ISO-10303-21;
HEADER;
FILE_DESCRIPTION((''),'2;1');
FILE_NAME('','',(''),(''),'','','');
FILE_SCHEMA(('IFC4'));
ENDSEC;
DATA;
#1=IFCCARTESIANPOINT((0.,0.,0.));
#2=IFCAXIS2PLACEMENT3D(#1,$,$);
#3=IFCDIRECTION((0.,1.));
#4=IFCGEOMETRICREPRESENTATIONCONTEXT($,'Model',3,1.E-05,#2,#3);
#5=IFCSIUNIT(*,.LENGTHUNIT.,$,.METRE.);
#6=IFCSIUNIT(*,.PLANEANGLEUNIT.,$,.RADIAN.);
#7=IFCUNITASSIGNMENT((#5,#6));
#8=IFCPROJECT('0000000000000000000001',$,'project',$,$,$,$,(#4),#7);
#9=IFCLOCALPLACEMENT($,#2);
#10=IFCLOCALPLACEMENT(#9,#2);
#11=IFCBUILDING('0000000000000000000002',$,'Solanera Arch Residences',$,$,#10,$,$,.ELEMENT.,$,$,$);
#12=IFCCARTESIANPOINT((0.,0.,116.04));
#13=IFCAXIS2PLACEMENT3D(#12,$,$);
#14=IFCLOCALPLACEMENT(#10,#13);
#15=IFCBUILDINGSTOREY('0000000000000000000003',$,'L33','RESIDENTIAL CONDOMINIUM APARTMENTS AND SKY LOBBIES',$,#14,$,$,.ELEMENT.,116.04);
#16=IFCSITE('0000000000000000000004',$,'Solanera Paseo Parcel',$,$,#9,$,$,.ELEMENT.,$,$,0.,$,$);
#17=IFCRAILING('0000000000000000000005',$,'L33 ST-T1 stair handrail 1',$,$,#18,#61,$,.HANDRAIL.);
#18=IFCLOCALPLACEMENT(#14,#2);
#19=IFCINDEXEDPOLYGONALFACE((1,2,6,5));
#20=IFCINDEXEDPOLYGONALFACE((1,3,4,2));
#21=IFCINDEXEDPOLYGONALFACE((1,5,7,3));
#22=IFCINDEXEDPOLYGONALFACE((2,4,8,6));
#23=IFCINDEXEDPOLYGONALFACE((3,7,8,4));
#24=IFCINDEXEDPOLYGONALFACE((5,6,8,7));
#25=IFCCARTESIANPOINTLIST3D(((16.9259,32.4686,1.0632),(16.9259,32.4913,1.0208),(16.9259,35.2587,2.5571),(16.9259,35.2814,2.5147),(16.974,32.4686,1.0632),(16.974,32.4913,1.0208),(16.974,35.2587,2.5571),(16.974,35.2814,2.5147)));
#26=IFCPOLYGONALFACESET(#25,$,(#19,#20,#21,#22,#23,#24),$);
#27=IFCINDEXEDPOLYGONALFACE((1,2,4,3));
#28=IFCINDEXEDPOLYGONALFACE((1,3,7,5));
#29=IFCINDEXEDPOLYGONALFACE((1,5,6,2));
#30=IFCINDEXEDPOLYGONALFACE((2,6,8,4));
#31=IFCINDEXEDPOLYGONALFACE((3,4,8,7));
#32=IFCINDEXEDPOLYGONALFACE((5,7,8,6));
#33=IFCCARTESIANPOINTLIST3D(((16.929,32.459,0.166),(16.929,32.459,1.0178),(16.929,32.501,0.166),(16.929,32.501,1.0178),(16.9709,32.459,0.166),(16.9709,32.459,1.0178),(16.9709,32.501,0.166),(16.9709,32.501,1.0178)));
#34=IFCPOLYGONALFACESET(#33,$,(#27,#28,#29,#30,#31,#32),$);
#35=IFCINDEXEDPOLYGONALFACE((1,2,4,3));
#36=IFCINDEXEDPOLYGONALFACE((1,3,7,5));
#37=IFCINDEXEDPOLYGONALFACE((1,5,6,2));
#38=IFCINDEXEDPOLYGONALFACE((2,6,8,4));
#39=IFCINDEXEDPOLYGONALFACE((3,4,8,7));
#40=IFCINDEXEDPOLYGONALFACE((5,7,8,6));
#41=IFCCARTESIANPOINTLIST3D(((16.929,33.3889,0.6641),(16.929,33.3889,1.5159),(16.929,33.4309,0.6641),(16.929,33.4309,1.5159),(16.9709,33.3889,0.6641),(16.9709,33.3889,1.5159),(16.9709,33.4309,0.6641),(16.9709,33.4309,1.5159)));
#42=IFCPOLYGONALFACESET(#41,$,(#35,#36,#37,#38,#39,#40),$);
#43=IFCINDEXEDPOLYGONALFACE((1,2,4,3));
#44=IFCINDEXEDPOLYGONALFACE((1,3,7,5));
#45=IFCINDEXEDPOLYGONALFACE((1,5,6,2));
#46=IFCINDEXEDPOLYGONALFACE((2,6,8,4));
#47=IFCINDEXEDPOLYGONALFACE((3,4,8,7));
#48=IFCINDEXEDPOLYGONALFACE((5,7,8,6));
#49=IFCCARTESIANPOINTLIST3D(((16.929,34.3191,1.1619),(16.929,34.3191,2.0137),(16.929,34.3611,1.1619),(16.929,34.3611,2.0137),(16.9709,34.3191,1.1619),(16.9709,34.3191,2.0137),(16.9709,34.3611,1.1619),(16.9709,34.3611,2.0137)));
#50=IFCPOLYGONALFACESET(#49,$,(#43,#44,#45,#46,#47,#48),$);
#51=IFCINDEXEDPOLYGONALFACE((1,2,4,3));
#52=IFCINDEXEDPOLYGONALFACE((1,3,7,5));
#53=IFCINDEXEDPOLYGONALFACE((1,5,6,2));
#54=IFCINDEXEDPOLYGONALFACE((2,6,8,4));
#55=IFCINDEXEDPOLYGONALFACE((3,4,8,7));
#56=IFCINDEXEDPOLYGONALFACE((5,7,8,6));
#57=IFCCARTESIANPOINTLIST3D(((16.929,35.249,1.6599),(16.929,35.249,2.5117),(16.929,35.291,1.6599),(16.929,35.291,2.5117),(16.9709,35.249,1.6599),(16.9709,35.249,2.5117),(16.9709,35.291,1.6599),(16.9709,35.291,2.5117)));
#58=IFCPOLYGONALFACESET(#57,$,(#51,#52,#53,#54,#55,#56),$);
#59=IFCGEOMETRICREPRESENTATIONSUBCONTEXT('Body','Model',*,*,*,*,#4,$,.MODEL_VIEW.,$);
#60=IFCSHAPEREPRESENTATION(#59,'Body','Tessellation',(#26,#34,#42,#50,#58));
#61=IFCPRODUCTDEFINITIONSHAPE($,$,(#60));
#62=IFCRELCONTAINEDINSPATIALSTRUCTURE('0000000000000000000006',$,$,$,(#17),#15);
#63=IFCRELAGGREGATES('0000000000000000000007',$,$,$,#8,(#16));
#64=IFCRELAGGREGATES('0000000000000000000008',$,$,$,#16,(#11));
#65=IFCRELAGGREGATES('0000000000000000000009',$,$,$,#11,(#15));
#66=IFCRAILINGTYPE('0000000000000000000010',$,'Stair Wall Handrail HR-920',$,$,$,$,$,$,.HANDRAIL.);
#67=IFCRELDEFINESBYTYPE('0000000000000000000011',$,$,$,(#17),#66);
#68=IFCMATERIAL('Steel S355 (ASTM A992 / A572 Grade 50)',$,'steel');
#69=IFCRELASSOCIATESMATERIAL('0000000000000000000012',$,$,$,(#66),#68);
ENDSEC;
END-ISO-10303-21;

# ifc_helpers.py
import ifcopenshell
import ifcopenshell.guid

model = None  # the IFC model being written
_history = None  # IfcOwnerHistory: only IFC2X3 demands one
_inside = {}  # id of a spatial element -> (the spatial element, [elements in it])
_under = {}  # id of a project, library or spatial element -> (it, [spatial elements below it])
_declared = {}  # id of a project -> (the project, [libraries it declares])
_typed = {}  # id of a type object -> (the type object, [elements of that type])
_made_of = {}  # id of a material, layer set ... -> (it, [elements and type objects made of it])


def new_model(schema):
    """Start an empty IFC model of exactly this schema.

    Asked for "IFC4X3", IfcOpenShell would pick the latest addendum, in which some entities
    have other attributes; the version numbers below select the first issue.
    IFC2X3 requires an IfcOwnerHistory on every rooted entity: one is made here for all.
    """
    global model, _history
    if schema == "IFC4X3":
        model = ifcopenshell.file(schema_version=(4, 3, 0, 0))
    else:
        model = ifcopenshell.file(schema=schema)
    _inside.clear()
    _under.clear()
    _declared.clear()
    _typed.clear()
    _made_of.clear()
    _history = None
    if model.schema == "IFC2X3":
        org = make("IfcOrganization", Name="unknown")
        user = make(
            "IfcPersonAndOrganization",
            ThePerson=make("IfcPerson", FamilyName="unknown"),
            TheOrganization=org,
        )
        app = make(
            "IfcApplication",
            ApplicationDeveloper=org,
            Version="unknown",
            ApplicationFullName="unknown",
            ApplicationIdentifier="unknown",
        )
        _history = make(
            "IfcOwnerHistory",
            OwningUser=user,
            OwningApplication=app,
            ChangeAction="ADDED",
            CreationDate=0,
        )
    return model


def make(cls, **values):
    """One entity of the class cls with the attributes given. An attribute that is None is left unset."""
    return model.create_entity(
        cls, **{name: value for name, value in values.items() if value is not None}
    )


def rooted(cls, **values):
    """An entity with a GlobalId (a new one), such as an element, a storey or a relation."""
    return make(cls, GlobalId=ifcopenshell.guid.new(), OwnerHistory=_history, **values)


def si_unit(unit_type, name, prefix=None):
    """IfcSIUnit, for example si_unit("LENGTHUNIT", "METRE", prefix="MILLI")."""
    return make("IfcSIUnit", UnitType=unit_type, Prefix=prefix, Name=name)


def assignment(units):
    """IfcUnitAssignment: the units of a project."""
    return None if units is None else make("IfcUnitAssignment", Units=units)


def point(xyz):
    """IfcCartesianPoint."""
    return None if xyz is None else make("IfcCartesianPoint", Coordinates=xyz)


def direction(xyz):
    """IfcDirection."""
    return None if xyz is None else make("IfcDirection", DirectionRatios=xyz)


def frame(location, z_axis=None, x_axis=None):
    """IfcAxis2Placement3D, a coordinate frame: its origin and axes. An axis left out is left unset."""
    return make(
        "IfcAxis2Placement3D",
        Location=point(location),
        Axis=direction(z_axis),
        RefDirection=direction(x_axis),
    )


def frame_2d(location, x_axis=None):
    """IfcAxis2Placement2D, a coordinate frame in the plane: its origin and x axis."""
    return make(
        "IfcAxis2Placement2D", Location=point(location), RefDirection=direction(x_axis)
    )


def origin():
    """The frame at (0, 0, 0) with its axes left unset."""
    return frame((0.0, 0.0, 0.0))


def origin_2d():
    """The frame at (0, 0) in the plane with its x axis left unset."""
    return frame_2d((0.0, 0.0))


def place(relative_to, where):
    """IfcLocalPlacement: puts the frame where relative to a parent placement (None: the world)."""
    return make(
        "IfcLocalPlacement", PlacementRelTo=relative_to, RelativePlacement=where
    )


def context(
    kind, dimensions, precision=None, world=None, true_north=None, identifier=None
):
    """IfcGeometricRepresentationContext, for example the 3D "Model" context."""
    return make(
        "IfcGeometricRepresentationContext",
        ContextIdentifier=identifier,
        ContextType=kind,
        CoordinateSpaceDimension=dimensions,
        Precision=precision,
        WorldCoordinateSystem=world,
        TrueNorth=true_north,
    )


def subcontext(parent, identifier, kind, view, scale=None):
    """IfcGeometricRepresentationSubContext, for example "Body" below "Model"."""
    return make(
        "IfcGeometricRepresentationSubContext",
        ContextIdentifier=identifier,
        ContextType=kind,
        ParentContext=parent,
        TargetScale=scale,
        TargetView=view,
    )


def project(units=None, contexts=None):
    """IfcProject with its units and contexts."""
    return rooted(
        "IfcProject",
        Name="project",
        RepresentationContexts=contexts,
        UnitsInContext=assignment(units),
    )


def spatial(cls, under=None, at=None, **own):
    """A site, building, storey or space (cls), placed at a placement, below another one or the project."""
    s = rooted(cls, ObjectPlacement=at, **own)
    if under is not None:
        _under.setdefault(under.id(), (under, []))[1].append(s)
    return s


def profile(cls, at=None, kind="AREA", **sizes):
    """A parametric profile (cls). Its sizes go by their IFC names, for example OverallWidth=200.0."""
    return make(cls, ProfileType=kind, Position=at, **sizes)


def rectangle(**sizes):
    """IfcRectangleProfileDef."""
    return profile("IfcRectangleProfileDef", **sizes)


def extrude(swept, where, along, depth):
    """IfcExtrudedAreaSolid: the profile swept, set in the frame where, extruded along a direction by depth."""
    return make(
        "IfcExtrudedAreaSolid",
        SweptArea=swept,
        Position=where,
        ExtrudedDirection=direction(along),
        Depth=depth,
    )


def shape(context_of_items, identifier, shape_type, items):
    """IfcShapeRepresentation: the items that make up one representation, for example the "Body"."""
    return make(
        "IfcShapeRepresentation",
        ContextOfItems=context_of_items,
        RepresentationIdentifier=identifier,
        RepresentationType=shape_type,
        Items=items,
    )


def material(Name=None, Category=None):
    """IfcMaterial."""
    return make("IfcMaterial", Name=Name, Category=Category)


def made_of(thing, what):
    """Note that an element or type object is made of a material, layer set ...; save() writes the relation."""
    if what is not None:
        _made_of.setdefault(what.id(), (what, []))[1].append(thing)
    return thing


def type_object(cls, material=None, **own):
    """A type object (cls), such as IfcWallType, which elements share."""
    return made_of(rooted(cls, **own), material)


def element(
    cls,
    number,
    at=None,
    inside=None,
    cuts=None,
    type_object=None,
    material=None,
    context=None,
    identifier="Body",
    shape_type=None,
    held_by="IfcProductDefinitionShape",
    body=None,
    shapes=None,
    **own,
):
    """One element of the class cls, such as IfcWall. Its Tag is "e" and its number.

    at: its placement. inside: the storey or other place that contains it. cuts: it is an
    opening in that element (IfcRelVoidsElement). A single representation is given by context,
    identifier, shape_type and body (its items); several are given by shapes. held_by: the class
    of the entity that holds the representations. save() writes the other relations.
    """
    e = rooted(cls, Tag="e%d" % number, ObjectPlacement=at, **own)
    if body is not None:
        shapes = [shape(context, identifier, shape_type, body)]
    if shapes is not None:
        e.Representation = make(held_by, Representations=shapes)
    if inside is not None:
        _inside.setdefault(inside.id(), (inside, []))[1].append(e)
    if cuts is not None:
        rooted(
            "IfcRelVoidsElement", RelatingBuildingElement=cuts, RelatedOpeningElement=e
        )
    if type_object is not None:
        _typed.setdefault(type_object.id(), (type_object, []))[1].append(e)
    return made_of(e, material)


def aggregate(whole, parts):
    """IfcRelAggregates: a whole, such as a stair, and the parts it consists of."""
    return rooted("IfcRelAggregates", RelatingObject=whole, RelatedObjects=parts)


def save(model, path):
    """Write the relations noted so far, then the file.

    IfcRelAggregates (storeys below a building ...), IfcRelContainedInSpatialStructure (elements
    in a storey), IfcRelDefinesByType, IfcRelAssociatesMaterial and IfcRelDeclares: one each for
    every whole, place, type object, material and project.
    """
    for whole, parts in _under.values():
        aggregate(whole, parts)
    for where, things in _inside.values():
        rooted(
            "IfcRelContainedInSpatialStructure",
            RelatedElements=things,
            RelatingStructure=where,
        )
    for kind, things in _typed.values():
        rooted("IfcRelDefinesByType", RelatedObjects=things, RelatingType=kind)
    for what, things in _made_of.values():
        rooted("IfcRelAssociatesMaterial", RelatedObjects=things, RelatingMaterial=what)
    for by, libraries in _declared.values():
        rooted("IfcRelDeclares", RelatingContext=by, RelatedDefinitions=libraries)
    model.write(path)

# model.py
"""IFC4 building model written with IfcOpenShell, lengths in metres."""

from ifc_helpers import new_model, si_unit, direction, frame, origin, origin_2d, place, context, subcontext, project, spatial, rectangle, extrude, material, type_object, element, save


model = new_model("IFC4")

# Units and contexts
model_context = context("Model", 3, precision=1e-05, world=origin(), true_north=direction((0.0, 1.0)))
body_context = subcontext(model_context, "Body", "Model", "MODEL_VIEW")
ifc_project = project(units=[si_unit("LENGTHUNIT", "METRE"), si_unit("PLANEANGLEUNIT", "RADIAN")], contexts=[model_context])

# Site, building, storey
site_placement = place(None, origin())
site = spatial("IfcSite", under=ifc_project, at=site_placement, Name="Solanera Paseo Parcel", CompositionType="ELEMENT", RefElevation=0.0)
building_placement = place(site_placement, origin())
building = spatial("IfcBuilding", under=site, at=building_placement, Name="Solanera Arch Residences", CompositionType="ELEMENT")
storey_placement = place(building_placement, frame((0.0, 0.0, 116.04)))
storey = spatial("IfcBuildingStorey", under=building, at=storey_placement, Name="L33", Description="RESIDENTIAL CONDOMINIUM APARTMENTS AND SKY LOBBIES", CompositionType="ELEMENT", Elevation=116.04)

# Railing
ifc_material_1 = material(Name="Steel S355 (ASTM A992 / A572 Grade 50)", Category="steel")
railing_type_1 = type_object("IfcRailingType", Name="Stair Wall Handrail HR-920", PredefinedType="HANDRAIL", material=ifc_material_1)
railing_1_placement = place(storey_placement, frame((16.95, 32.48, 0.166)))
element("IfcRailing", 1, at=railing_1_placement, inside=storey, type_object=railing_type_1, Name="L33 ST-T1 stair handrail 1", PredefinedType="HANDRAIL", context=body_context, shape_type="SweptSolid", body=[
    extrude(rectangle(XDim=0.0481, YDim=0.0481, at=origin_2d()), frame((0.0, 0.0, 0.876), z_axis=(0.0, 0.881581, 0.472033), x_axis=(-1.0, 0.0, 0.0)), (0.0, 0.0, 1.0), 3.1648),
    extrude(rectangle(XDim=0.042, YDim=0.042, at=origin_2d()), origin(), (0.0, 0.0, 1.0), 0.8518),
    extrude(rectangle(XDim=0.042, YDim=0.042, at=origin_2d()), frame((0.0, 0.9299, 0.498)), (0.0, 0.0, 1.0), 0.8518),
    extrude(rectangle(XDim=0.042, YDim=0.042, at=origin_2d()), frame((0.0, 1.8601, 0.9958)), (0.0, 0.0, 1.0), 0.8518),
    extrude(rectangle(XDim=0.042, YDim=0.042, at=origin_2d()), frame((0.0, 2.79, 1.4939)), (0.0, 0.0, 1.0), 0.8518),
])

save(model, "model.ifc")
